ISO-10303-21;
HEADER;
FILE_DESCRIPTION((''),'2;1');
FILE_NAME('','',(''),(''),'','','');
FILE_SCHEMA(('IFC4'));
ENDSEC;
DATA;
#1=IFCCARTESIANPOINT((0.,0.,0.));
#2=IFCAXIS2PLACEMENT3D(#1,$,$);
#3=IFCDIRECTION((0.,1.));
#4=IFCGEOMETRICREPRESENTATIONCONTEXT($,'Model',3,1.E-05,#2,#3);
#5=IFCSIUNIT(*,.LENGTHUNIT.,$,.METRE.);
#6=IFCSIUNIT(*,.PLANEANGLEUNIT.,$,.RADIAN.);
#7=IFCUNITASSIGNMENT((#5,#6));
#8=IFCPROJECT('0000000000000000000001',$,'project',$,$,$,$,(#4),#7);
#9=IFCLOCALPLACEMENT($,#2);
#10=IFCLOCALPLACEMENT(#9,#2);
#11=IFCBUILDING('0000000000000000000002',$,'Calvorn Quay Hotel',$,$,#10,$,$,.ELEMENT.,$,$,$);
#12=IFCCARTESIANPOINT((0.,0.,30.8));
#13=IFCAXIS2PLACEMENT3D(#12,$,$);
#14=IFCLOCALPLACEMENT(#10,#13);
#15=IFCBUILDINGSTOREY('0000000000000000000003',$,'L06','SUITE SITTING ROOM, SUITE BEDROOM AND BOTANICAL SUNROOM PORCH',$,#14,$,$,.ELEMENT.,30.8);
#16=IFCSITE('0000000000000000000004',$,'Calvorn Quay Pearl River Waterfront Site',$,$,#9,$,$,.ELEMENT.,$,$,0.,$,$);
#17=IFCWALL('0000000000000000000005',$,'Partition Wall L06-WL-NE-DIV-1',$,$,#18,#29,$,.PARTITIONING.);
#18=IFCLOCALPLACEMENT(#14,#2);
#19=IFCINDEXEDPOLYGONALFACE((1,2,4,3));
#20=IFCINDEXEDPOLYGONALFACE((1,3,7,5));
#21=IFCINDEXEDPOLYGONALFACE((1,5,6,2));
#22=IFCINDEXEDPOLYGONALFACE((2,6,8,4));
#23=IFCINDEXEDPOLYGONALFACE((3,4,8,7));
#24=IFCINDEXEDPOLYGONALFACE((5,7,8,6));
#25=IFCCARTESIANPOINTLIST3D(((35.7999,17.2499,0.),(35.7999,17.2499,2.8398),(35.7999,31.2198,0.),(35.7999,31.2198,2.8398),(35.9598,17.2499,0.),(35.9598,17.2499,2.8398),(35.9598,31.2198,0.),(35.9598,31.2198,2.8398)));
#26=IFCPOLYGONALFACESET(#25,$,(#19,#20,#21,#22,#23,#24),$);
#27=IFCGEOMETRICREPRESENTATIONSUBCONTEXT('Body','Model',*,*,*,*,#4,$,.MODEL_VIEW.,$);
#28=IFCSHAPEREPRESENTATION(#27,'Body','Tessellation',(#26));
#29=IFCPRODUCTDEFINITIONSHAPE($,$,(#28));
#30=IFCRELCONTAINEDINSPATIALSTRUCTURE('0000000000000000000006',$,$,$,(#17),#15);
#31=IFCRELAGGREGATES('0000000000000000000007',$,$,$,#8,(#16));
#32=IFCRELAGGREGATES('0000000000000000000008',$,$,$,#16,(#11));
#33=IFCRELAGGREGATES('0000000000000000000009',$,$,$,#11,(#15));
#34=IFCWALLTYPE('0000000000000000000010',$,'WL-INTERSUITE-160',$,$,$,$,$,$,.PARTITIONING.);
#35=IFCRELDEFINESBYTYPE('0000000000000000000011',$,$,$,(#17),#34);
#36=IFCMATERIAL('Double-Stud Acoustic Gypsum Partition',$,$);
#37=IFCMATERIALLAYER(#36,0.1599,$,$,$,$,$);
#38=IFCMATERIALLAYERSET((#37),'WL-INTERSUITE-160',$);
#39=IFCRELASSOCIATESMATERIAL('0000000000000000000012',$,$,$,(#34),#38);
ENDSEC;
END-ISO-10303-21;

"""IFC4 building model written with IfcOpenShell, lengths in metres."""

from ifc_helpers import new_model, si_unit, direction, frame, frame_2d, origin, place, context, subcontext, project, spatial, rectangle, extrude, material, layer, layer_set, type_object, element, save


model = new_model("IFC4")

# Units and contexts
model_context = context("Model", 3, precision=1e-05, world=origin(), true_north=direction((0.0, 1.0)))
body_context = subcontext(model_context, "Body", "Model", "MODEL_VIEW")
ifc_project = project(units=[si_unit("LENGTHUNIT", "METRE"), si_unit("PLANEANGLEUNIT", "RADIAN")], contexts=[model_context])

# Site, building, storey
site_placement = place(None, origin())
site = spatial("IfcSite", under=ifc_project, at=site_placement, Name="Calvorn Quay Pearl River Waterfront Site", CompositionType="ELEMENT", RefElevation=0.0)
building_placement = place(site_placement, origin())
building = spatial("IfcBuilding", under=site, at=building_placement, Name="Calvorn Quay Hotel", CompositionType="ELEMENT")
storey_placement = place(building_placement, frame((0.0, 0.0, 30.8)))
storey = spatial("IfcBuildingStorey", under=building, at=storey_placement, Name="L06", Description="SUITE SITTING ROOM, SUITE BEDROOM AND BOTANICAL SUNROOM PORCH", CompositionType="ELEMENT", Elevation=30.8)

# Shared definitions
ifc_material_1 = material(Name="Double-Stud Acoustic Gypsum Partition")
ifc_layer_1 = layer(ifc_material_1, 0.1599)
ifc_layer_set_1 = layer_set([ifc_layer_1], Name="WL-INTERSUITE-160")
wall_type_1 = type_object("IfcWallType", Name="WL-INTERSUITE-160", PredefinedType="PARTITIONING", material=ifc_layer_set_1)

# Wall
wall_1_placement = place(storey_placement, frame((35.8799, 17.25, 0.0), z_axis=(0.0, 0.0, 1.0), x_axis=(0.0, 1.0, 0.0)))
element("IfcWall", 1, at=wall_1_placement, inside=storey, type_object=wall_type_1, Name="Partition Wall L06-WL-NE-DIV-1", PredefinedType="PARTITIONING", context=body_context, shape_type="SweptSolid", body=[
    extrude(rectangle(XDim=13.97, YDim=0.1599, at=frame_2d((6.9849, 0.0))), origin(), (0.0, 0.0, 1.0), 2.8398),
])

save(model, "model.ifc")
